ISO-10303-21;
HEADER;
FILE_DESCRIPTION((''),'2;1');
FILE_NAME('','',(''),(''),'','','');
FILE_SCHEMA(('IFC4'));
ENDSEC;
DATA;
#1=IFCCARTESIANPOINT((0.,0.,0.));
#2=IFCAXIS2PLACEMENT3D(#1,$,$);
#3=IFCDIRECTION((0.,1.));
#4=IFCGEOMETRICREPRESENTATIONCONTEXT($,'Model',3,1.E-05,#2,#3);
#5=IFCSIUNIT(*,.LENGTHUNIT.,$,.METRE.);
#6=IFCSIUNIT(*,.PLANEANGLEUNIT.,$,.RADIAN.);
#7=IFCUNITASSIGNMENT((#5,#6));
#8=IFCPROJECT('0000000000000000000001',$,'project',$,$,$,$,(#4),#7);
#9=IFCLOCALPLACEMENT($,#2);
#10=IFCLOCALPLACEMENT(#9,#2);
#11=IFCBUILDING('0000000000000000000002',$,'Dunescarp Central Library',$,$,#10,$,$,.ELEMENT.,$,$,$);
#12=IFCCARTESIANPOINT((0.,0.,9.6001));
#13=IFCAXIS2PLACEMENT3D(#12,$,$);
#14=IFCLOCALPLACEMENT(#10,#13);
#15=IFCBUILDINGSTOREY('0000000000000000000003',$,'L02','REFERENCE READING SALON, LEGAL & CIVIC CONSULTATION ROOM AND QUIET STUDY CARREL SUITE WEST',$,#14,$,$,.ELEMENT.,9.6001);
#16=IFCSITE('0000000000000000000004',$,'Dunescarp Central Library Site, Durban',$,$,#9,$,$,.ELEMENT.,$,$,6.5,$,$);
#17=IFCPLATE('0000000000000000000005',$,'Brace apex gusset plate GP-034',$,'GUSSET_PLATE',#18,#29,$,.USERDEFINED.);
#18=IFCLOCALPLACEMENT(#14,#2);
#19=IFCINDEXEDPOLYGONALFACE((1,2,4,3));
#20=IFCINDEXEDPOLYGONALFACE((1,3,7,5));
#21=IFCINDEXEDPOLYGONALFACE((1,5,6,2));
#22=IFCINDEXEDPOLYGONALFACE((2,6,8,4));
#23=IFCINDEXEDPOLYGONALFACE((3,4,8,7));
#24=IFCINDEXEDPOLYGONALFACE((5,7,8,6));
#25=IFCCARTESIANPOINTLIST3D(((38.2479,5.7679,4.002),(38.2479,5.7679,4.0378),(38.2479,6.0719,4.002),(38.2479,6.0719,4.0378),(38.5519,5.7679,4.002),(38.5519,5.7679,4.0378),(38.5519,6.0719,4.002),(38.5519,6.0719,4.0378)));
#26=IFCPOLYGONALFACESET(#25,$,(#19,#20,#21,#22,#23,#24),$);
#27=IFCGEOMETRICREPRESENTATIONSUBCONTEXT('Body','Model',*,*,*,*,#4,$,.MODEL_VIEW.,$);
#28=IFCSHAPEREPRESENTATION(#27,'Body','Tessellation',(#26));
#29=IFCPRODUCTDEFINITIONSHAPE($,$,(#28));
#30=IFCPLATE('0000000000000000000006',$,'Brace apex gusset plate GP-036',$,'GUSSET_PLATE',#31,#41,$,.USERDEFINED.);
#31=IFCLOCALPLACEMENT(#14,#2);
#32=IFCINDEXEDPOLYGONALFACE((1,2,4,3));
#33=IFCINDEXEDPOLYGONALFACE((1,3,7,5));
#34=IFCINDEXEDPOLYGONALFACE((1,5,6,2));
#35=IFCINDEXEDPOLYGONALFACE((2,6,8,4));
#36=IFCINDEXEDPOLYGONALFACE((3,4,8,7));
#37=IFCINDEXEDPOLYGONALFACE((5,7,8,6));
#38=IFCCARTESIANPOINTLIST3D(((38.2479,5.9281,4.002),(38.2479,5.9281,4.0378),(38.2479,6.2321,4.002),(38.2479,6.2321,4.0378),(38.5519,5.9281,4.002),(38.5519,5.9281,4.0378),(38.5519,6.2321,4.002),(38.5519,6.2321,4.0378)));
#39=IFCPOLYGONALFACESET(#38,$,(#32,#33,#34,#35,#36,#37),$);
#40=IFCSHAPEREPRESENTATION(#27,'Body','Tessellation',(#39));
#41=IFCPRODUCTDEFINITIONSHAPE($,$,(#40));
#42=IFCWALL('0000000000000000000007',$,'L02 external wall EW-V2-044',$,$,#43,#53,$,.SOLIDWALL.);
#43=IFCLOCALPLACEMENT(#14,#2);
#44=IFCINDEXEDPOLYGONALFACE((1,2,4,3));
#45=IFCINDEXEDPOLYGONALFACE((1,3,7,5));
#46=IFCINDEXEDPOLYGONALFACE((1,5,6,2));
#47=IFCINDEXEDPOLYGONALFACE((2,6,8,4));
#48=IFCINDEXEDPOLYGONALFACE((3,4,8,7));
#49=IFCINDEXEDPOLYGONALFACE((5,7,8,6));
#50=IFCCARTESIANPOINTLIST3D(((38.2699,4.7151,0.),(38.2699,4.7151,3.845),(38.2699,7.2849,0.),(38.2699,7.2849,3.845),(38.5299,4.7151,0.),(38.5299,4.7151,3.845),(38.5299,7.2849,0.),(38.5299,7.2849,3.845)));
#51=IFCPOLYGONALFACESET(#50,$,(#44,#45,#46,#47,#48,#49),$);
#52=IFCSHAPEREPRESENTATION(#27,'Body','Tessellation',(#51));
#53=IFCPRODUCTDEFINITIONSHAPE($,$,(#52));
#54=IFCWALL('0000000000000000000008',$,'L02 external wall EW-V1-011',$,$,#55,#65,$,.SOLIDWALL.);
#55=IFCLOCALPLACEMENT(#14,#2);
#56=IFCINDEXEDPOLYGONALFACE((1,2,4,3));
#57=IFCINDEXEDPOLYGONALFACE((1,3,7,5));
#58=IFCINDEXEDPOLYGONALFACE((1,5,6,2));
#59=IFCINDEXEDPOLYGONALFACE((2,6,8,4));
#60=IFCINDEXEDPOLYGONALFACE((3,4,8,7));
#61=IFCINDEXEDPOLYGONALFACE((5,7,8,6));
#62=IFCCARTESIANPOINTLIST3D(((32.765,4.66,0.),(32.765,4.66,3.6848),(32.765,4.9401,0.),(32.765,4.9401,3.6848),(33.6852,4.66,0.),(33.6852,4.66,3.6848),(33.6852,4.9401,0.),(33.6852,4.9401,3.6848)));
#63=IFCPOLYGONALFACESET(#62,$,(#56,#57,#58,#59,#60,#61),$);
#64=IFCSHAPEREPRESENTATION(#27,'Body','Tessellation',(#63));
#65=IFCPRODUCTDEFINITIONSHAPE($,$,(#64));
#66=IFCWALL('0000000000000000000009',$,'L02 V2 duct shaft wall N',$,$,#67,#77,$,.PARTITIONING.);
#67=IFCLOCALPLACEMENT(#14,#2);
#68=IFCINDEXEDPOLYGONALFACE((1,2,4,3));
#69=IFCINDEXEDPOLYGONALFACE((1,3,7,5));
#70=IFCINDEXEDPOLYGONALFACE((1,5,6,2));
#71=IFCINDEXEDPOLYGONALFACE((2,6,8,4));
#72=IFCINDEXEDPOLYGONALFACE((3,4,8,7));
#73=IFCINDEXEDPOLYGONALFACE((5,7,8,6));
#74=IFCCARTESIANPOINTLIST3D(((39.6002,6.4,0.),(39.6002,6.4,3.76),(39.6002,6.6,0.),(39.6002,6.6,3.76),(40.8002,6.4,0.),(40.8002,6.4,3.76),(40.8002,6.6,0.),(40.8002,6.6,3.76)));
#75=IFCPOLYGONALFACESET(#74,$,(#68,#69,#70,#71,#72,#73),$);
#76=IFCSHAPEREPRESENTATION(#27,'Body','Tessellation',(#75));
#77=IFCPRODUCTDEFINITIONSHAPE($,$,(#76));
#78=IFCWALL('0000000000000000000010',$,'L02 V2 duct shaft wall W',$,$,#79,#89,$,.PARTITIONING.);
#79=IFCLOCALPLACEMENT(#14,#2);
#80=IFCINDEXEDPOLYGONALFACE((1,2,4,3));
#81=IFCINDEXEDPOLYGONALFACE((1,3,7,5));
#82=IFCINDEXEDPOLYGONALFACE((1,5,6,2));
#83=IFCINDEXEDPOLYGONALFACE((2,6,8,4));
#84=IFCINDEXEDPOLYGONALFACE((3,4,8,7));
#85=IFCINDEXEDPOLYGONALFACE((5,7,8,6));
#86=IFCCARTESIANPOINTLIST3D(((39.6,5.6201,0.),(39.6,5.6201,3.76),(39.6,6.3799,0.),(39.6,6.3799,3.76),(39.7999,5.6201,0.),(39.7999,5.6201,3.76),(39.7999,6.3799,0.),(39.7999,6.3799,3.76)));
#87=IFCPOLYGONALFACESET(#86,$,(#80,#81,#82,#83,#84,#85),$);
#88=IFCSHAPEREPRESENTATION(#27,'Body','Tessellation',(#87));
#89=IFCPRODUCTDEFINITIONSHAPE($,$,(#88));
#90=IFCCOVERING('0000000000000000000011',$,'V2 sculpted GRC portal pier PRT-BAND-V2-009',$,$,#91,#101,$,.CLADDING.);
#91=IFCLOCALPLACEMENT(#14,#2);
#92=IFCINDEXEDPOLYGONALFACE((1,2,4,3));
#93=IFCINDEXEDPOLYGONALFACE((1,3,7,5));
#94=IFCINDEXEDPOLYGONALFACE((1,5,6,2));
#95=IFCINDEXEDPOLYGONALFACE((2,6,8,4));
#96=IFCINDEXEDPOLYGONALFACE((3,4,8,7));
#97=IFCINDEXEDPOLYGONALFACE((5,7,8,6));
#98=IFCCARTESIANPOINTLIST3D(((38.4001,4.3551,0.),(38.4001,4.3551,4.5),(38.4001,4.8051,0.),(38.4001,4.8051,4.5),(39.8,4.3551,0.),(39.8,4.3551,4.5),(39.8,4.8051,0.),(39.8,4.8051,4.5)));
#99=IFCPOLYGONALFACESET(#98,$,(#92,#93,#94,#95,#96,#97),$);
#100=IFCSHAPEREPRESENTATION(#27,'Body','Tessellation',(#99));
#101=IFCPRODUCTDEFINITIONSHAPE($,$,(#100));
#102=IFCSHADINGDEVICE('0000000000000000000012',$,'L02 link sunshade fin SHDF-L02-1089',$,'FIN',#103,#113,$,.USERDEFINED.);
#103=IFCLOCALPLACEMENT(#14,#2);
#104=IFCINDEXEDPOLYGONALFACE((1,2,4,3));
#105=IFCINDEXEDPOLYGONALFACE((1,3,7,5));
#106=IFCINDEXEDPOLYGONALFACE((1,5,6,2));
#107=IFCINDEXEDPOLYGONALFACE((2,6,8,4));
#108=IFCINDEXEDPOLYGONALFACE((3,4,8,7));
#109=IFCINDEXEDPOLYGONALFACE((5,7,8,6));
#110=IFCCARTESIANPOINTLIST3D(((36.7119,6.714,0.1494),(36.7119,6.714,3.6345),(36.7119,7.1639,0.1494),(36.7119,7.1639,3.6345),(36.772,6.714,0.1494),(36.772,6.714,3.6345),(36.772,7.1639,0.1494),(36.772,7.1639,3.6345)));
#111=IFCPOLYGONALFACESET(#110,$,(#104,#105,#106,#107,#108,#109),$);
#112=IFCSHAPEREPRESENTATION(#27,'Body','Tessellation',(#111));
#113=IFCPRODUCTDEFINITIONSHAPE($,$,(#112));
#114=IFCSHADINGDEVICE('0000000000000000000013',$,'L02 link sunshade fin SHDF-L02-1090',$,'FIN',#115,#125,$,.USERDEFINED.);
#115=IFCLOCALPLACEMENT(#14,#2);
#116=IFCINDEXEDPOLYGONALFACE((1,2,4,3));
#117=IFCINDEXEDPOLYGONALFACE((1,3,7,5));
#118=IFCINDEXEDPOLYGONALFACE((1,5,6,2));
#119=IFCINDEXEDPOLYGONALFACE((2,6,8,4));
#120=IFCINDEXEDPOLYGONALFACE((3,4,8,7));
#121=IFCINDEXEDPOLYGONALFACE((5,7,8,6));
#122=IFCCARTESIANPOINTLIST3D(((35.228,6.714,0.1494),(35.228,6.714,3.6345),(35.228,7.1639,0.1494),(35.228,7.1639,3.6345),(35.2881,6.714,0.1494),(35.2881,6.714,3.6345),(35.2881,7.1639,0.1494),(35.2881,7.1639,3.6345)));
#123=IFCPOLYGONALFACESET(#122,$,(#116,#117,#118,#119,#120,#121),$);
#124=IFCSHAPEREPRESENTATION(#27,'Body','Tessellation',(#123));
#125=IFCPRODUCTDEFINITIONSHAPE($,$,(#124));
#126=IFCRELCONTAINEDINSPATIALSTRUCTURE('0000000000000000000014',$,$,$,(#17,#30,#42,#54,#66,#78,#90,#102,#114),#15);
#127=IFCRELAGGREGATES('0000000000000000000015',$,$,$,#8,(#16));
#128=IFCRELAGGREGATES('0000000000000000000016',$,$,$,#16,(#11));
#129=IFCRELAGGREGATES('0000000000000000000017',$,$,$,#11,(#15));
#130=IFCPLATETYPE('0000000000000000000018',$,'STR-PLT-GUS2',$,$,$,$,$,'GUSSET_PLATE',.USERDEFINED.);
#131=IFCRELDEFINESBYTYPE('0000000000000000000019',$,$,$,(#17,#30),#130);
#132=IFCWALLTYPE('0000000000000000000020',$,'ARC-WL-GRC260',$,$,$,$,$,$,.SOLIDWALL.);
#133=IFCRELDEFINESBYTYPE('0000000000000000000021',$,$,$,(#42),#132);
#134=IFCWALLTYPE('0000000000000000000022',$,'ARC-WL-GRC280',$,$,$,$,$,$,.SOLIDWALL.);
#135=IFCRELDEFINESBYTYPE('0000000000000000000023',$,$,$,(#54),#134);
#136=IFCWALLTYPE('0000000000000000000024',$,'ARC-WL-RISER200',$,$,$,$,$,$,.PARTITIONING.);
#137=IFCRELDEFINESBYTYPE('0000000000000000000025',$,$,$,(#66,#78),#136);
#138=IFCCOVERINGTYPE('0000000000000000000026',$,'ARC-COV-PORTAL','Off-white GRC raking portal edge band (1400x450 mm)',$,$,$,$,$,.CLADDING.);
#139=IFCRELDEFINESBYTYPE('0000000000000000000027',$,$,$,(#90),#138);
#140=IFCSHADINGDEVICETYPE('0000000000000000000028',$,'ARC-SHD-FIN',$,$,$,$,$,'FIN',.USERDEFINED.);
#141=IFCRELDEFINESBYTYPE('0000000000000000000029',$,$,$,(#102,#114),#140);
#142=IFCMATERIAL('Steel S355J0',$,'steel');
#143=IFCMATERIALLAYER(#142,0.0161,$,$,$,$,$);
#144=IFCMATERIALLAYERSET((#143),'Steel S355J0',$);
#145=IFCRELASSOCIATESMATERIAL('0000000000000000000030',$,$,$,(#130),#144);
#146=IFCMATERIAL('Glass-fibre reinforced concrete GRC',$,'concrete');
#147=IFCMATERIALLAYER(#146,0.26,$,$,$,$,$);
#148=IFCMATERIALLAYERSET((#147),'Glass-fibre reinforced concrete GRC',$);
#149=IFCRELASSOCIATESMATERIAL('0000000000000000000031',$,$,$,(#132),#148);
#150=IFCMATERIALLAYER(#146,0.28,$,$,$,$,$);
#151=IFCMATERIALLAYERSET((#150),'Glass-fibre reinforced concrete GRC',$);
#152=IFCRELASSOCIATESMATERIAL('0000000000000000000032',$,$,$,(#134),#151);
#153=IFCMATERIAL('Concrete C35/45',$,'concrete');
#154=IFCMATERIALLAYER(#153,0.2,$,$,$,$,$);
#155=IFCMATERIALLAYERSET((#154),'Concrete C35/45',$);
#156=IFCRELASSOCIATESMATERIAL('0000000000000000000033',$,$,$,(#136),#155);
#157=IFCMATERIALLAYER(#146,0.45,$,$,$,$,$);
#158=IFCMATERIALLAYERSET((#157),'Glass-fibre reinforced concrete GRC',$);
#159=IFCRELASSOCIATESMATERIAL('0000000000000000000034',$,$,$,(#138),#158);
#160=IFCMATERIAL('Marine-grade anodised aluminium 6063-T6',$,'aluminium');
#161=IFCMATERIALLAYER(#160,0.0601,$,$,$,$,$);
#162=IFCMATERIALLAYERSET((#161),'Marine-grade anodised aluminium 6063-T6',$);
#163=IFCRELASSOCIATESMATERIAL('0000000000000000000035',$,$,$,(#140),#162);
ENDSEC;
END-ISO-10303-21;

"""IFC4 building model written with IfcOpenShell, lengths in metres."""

from ifc_helpers import new_model, si_unit, direction, frame, frame_2d, origin, origin_2d, place, context, subcontext, project, spatial, rectangle, extrude, material, layer, layer_set, type_object, element, save


model = new_model("IFC4")

# Units and contexts
model_context = context("Model", 3, precision=1e-05, world=origin(), true_north=direction((0.0, 1.0)))
body_context = subcontext(model_context, "Body", "Model", "MODEL_VIEW")
ifc_project = project(units=[si_unit("LENGTHUNIT", "METRE"), si_unit("PLANEANGLEUNIT", "RADIAN")], contexts=[model_context])

# Site, building, storey
site_placement = place(None, origin())
site = spatial("IfcSite", under=ifc_project, at=site_placement, Name="Dunescarp Central Library Site, Durban", CompositionType="ELEMENT", RefElevation=6.5)
building_placement = place(site_placement, origin())
building = spatial("IfcBuilding", under=site, at=building_placement, Name="Dunescarp Central Library", CompositionType="ELEMENT")
storey_placement = place(building_placement, frame((0.0, 0.0, 9.6001)))
storey = spatial("IfcBuildingStorey", under=building, at=storey_placement, Name="L02", Description="REFERENCE READING SALON, LEGAL & CIVIC CONSULTATION ROOM AND QUIET STUDY CARREL SUITE WEST", CompositionType="ELEMENT", Elevation=9.6001)

# Shared definitions
ifc_material_1 = material(Name="Marine-grade anodised aluminium 6063-T6", Category="aluminium")

# Shared definitions
ifc_material_2 = material(Name="Steel S355J0", Category="steel")

# Plates
ifc_layer_1 = layer(ifc_material_2, 0.0161)
ifc_layer_set_1 = layer_set([ifc_layer_1], Name="Steel S355J0")
plate_type_1 = type_object("IfcPlateType", Name="STR-PLT-GUS2", ElementType="GUSSET_PLATE", PredefinedType="USERDEFINED", material=ifc_layer_set_1)
for number, where, z_axis, x_axis, name in (
    (1, (38.3999, 5.9199, 4.002), (0.0, 0.0, 1.0), (1.0, 0.0, 0.0), "Brace apex gusset plate GP-034"),
    (2, (38.3999, 6.0801, 4.002), (0.0, 0.0, 1.0), (1.0, 0.0, 0.0), "Brace apex gusset plate GP-036"),
):
    element("IfcPlate", number, at=place(storey_placement, frame(where, z_axis=z_axis, x_axis=x_axis)), inside=storey, type_object=plate_type_1, Name=name, ObjectType="GUSSET_PLATE", PredefinedType="USERDEFINED", context=body_context, shape_type="SweptSolid", body=[
        extrude(rectangle(XDim=0.304, YDim=0.304, at=origin_2d()), origin(), (0.0, 0.0, 1.0), 0.0359),
    ])

# Walls
ifc_material_3 = material(Name="Glass-fibre reinforced concrete GRC", Category="concrete")
ifc_layer_2 = layer(ifc_material_3, 0.26)
ifc_layer_set_2 = layer_set([ifc_layer_2], Name="Glass-fibre reinforced concrete GRC")
wall_type_1 = type_object("IfcWallType", Name="ARC-WL-GRC260", PredefinedType="SOLIDWALL", material=ifc_layer_set_2)
wall_1_placement = place(storey_placement, frame((38.3999, 4.7151, 0.0), z_axis=(0.0, 0.0, 1.0), x_axis=(0.0, 1.0, 0.0)))
element("IfcWall", 3, at=wall_1_placement, inside=storey, type_object=wall_type_1, Name="L02 external wall EW-V2-044", PredefinedType="SOLIDWALL", context=body_context, shape_type="SweptSolid", body=[
    extrude(rectangle(XDim=2.5698, YDim=0.26, at=frame_2d((1.2849, 0.0))), origin(), (0.0, 0.0, 1.0), 3.845),
])
ifc_layer_3 = layer(ifc_material_3, 0.28)
ifc_layer_set_3 = layer_set([ifc_layer_3], Name="Glass-fibre reinforced concrete GRC")
wall_type_2 = type_object("IfcWallType", Name="ARC-WL-GRC280", PredefinedType="SOLIDWALL", material=ifc_layer_set_3)
wall_2_placement = place(storey_placement, frame((33.6851, 4.8, 0.0), z_axis=(0.0, 0.0, 1.0), x_axis=(-1.0, 0.0, 0.0)))
element("IfcWall", 4, at=wall_2_placement, inside=storey, type_object=wall_type_2, Name="L02 external wall EW-V1-011", PredefinedType="SOLIDWALL", context=body_context, shape_type="SweptSolid", body=[
    extrude(rectangle(XDim=0.9202, YDim=0.28, at=frame_2d((0.46, 0.0))), origin(), (0.0, 0.0, 1.0), 3.6848),
])
ifc_material_4 = material(Name="Concrete C35/45", Category="concrete")
ifc_layer_4 = layer(ifc_material_4, 0.2)
ifc_layer_set_4 = layer_set([ifc_layer_4], Name="Concrete C35/45")
wall_type_3 = type_object("IfcWallType", Name="ARC-WL-RISER200", PredefinedType="PARTITIONING", material=ifc_layer_set_4)
wall_3_placement = place(storey_placement, frame((39.6001, 6.5, 0.0), z_axis=(0.0, 0.0, 1.0), x_axis=(1.0, 0.0, 0.0)))
element("IfcWall", 5, at=wall_3_placement, inside=storey, type_object=wall_type_3, Name="L02 V2 duct shaft wall N", PredefinedType="PARTITIONING", context=body_context, shape_type="SweptSolid", body=[
    extrude(rectangle(XDim=1.2, YDim=0.2, at=frame_2d((0.6001, 0.0))), origin(), (0.0, 0.0, 1.0), 3.76),
])
wall_4_placement = place(storey_placement, frame((39.7, 5.6201, 0.0), z_axis=(0.0, 0.0, 1.0), x_axis=(0.0, 1.0, 0.0)))
element("IfcWall", 6, at=wall_4_placement, inside=storey, type_object=wall_type_3, Name="L02 V2 duct shaft wall W", PredefinedType="PARTITIONING", context=body_context, shape_type="SweptSolid", body=[
    extrude(rectangle(XDim=0.7598, YDim=0.2, at=frame_2d((0.3799, 0.0))), origin(), (0.0, 0.0, 1.0), 3.76),
])

# Covering
ifc_layer_5 = layer(ifc_material_3, 0.45)
ifc_layer_set_5 = layer_set([ifc_layer_5], Name="Glass-fibre reinforced concrete GRC")
covering_type = type_object("IfcCoveringType", Name="ARC-COV-PORTAL", Description="Off-white GRC raking portal edge band (1400x450 mm)", PredefinedType="CLADDING", material=ifc_layer_set_5)
covering_placement = place(storey_placement, frame((39.1001, 4.5801, 0.0), z_axis=(0.0, 0.0, 1.0), x_axis=(1.0, 0.0, 0.0)))
element("IfcCovering", 7, at=covering_placement, inside=storey, type_object=covering_type, Name="V2 sculpted GRC portal pier PRT-BAND-V2-009", PredefinedType="CLADDING", context=body_context, shape_type="SweptSolid", body=[
    extrude(rectangle(XDim=1.3999, YDim=0.45, at=origin_2d()), origin(), (0.0, 0.0, 1.0), 4.5),
])

# Shading devices
ifc_layer_6 = layer(ifc_material_1, 0.0601)
ifc_layer_set_6 = layer_set([ifc_layer_6], Name="Marine-grade anodised aluminium 6063-T6")
shading_device_type = type_object("IfcShadingDeviceType", Name="ARC-SHD-FIN", ElementType="FIN", PredefinedType="USERDEFINED", material=ifc_layer_set_6)
for number, where, z_axis, x_axis, name in (
    (8, (36.7419, 6.939, 0.1494), (0.0, 0.0, 1.0), (0.0, -1.0, 0.0), "L02 link sunshade fin SHDF-L02-1089"),
    (9, (35.2581, 6.939, 0.1494), (0.0, 0.0, 1.0), (0.0, -1.0, 0.0), "L02 link sunshade fin SHDF-L02-1090"),
):
    element("IfcShadingDevice", number, at=place(storey_placement, frame(where, z_axis=z_axis, x_axis=x_axis)), inside=storey, type_object=shading_device_type, Name=name, ObjectType="FIN", PredefinedType="USERDEFINED", context=body_context, shape_type="SweptSolid", body=[
        extrude(rectangle(XDim=0.45, YDim=0.0601, at=origin_2d()), origin(), (0.0, 0.0, 1.0), 3.4851),
    ])

save(model, "model.ifc")
